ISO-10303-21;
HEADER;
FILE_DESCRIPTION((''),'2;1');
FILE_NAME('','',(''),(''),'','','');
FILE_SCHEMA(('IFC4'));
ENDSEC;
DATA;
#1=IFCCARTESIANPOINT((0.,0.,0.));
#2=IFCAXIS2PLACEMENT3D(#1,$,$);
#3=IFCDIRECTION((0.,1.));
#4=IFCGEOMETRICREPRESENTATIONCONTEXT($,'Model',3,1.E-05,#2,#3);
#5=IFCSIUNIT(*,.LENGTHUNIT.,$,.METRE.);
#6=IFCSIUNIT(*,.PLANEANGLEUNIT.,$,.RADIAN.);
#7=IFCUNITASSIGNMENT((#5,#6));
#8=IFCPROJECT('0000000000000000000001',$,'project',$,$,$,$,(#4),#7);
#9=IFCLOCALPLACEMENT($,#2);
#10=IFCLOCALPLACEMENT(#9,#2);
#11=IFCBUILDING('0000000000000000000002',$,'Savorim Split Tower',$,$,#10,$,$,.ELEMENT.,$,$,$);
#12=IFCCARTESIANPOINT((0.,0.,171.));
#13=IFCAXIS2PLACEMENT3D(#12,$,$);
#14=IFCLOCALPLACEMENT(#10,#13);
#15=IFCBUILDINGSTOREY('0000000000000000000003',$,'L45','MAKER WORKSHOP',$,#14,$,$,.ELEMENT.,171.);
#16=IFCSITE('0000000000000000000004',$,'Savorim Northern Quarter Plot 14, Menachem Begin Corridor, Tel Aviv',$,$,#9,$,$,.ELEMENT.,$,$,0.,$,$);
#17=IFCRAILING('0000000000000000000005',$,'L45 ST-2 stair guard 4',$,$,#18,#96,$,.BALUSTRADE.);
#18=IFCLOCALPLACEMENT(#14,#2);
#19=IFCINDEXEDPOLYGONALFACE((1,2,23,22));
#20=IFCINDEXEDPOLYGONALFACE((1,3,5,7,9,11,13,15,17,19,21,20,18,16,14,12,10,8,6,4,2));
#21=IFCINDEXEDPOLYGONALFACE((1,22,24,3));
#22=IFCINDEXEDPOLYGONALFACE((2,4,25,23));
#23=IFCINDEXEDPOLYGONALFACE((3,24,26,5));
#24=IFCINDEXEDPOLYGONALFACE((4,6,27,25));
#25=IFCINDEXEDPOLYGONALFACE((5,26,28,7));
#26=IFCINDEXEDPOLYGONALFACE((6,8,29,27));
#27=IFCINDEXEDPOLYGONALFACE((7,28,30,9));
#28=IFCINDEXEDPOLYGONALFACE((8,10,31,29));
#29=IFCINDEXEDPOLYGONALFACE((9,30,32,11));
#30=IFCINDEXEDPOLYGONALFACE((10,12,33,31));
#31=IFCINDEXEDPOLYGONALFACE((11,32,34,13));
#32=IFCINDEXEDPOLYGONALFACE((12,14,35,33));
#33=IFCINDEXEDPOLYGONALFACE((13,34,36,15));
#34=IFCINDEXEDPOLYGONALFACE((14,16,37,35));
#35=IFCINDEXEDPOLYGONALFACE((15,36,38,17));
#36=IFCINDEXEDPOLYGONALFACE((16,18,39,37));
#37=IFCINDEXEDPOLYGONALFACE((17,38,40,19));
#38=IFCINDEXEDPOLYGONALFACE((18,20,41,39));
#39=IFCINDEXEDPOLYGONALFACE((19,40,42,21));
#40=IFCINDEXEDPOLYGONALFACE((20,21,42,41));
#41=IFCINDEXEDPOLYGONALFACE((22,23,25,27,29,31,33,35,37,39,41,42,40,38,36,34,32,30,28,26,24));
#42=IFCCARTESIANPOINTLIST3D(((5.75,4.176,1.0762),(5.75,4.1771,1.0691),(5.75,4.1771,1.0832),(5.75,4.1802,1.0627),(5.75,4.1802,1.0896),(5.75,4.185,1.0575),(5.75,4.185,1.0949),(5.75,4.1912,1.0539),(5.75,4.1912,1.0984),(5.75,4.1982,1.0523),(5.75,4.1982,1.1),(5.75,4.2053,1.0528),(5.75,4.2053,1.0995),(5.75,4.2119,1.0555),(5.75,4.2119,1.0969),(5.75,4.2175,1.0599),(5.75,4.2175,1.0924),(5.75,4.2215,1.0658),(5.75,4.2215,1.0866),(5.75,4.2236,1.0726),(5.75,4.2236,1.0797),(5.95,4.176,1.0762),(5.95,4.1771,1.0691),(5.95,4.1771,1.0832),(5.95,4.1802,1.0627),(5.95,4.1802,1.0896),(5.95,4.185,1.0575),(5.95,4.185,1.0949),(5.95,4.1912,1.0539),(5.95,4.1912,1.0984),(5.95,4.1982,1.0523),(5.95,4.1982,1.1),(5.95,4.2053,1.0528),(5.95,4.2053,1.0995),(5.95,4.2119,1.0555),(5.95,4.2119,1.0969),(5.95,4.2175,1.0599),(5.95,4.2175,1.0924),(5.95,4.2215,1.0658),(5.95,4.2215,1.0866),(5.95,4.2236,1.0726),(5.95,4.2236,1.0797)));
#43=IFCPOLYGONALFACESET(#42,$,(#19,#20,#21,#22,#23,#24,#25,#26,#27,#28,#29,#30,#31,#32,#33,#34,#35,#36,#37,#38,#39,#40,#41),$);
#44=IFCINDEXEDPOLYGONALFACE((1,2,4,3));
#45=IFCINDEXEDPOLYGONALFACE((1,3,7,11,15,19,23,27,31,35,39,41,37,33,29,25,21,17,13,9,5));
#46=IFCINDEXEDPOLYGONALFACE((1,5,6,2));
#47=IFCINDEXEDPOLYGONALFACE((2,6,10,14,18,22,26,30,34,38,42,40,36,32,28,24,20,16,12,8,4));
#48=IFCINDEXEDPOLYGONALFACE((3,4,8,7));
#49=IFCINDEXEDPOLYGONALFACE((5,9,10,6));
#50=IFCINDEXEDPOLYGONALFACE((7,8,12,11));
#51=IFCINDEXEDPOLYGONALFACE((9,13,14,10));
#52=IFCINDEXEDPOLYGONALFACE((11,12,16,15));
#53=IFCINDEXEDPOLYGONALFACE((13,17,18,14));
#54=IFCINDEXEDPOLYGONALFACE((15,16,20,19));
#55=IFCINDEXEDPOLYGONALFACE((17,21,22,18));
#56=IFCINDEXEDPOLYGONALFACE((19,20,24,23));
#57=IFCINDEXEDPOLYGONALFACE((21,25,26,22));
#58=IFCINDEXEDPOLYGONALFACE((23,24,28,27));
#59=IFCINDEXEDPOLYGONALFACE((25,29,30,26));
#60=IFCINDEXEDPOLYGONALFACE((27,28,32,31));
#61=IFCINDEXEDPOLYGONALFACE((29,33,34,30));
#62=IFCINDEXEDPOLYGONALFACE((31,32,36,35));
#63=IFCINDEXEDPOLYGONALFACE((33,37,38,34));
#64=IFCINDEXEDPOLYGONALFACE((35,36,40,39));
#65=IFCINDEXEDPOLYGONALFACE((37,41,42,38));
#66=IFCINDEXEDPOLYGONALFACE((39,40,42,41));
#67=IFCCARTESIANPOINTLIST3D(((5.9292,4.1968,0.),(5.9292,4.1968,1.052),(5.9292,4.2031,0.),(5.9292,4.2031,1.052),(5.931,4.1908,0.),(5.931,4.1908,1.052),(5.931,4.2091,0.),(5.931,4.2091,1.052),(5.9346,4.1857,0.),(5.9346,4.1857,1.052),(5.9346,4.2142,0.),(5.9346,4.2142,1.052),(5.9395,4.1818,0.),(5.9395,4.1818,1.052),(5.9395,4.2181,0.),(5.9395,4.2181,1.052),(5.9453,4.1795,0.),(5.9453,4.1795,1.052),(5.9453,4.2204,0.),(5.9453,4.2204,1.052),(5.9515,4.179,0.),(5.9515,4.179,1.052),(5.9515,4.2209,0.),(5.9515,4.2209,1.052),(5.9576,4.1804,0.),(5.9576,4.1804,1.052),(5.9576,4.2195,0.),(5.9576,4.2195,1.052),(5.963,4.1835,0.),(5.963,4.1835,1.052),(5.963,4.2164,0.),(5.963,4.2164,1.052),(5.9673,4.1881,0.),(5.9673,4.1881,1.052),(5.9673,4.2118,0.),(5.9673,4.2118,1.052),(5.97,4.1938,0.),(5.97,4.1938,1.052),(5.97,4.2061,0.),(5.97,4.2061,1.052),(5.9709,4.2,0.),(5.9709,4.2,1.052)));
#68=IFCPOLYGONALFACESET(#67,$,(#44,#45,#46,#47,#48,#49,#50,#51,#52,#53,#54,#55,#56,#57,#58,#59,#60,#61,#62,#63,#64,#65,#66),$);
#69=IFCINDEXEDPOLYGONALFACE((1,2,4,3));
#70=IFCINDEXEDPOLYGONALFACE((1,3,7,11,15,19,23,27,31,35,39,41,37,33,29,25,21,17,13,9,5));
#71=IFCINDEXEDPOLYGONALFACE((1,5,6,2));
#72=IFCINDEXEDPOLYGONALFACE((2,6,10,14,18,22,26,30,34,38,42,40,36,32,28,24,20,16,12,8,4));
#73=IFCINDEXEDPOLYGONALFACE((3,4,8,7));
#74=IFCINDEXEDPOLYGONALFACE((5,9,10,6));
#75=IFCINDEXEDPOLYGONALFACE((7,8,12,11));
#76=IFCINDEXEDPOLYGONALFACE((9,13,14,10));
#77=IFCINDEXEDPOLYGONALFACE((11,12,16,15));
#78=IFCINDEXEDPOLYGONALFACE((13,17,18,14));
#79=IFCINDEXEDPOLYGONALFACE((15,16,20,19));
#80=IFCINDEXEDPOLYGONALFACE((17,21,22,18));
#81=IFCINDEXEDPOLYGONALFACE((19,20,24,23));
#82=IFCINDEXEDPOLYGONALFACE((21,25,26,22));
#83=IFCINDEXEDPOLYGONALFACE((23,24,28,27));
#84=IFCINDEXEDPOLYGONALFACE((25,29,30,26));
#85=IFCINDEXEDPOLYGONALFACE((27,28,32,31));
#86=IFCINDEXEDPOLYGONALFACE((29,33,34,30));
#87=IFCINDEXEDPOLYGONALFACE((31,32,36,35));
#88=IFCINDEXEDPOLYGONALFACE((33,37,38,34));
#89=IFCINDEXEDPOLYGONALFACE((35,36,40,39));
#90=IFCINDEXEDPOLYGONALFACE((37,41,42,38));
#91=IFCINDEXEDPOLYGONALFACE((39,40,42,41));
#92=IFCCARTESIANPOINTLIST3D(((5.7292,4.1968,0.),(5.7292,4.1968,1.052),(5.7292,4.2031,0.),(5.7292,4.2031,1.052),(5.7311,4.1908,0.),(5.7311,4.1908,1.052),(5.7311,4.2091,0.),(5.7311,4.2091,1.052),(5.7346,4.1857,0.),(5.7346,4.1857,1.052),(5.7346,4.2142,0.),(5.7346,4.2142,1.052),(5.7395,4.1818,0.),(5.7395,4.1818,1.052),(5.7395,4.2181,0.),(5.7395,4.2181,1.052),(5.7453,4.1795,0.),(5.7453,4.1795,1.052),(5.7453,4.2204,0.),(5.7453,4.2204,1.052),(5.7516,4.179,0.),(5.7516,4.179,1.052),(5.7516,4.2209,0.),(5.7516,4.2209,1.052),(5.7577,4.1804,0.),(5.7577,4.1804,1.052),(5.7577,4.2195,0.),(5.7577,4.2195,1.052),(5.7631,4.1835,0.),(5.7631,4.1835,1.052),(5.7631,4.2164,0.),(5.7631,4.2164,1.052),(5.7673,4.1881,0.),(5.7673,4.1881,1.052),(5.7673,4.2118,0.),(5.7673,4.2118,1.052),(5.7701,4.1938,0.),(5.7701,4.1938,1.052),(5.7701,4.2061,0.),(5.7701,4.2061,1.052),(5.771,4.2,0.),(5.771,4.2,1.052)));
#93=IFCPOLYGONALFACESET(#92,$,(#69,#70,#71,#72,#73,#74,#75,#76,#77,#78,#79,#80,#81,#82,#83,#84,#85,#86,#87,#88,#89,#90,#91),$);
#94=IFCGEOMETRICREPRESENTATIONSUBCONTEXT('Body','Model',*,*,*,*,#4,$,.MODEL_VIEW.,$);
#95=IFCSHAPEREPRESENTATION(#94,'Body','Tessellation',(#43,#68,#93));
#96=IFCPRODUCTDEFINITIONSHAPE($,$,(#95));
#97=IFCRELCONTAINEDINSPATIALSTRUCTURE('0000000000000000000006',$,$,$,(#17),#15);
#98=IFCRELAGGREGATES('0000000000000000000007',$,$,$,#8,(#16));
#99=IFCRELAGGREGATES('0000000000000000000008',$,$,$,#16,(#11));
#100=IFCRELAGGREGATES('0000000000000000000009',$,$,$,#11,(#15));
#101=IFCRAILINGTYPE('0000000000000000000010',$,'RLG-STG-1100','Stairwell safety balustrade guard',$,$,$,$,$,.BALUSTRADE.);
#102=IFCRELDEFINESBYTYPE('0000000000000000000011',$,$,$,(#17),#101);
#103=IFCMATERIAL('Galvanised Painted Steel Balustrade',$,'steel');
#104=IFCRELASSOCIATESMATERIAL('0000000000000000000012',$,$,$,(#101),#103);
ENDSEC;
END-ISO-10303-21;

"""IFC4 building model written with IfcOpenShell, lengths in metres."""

from ifc_helpers import new_model, si_unit, direction, frame, origin, origin_2d, place, context, subcontext, project, spatial, circle, extrude, material, type_object, element, save


model = new_model("IFC4")

# Units and contexts
model_context = context("Model", 3, precision=1e-05, world=origin(), true_north=direction((0.0, 1.0)))
body_context = subcontext(model_context, "Body", "Model", "MODEL_VIEW")
ifc_project = project(units=[si_unit("LENGTHUNIT", "METRE"), si_unit("PLANEANGLEUNIT", "RADIAN")], contexts=[model_context])

# Site, building, storey
site_placement = place(None, origin())
site = spatial("IfcSite", under=ifc_project, at=site_placement, Name="Savorim Northern Quarter Plot 14, Menachem Begin Corridor, Tel Aviv", CompositionType="ELEMENT", RefElevation=0.0)
building_placement = place(site_placement, origin())
building = spatial("IfcBuilding", under=site, at=building_placement, Name="Savorim Split Tower", CompositionType="ELEMENT")
storey_placement = place(building_placement, frame((0.0, 0.0, 171.0)))
storey = spatial("IfcBuildingStorey", under=building, at=storey_placement, Name="L45", Description="MAKER WORKSHOP", CompositionType="ELEMENT", Elevation=171.0)

# Railing
ifc_material_1 = material(Name="Galvanised Painted Steel Balustrade", Category="steel")
railing_type_1 = type_object("IfcRailingType", Name="RLG-STG-1100", Description="Stairwell safety balustrade guard", PredefinedType="BALUSTRADE", material=ifc_material_1)
railing_1_placement = place(storey_placement, frame((5.95, 4.2, 0.0)))
element("IfcRailing", 1, at=railing_1_placement, inside=storey, type_object=railing_type_1, Name="L45 ST-2 stair guard 4", PredefinedType="BALUSTRADE", context=body_context, shape_type="SweptSolid", body=[
    extrude(circle(Radius=0.0239, at=origin_2d()), frame((0.0, 0.0, 1.0762), z_axis=(-1.0, 0.0, 0.0), x_axis=(0.0, -1.0, 0.0)), (0.0, 0.0, 1.0), 0.2),
    extrude(circle(Radius=0.021, at=origin_2d()), origin(), (0.0, 0.0, 1.0), 1.052),
    extrude(circle(Radius=0.021, at=origin_2d()), frame((-0.2, 0.0, 0.0)), (0.0, 0.0, 1.0), 1.052),
])

save(model, "model.ifc")
